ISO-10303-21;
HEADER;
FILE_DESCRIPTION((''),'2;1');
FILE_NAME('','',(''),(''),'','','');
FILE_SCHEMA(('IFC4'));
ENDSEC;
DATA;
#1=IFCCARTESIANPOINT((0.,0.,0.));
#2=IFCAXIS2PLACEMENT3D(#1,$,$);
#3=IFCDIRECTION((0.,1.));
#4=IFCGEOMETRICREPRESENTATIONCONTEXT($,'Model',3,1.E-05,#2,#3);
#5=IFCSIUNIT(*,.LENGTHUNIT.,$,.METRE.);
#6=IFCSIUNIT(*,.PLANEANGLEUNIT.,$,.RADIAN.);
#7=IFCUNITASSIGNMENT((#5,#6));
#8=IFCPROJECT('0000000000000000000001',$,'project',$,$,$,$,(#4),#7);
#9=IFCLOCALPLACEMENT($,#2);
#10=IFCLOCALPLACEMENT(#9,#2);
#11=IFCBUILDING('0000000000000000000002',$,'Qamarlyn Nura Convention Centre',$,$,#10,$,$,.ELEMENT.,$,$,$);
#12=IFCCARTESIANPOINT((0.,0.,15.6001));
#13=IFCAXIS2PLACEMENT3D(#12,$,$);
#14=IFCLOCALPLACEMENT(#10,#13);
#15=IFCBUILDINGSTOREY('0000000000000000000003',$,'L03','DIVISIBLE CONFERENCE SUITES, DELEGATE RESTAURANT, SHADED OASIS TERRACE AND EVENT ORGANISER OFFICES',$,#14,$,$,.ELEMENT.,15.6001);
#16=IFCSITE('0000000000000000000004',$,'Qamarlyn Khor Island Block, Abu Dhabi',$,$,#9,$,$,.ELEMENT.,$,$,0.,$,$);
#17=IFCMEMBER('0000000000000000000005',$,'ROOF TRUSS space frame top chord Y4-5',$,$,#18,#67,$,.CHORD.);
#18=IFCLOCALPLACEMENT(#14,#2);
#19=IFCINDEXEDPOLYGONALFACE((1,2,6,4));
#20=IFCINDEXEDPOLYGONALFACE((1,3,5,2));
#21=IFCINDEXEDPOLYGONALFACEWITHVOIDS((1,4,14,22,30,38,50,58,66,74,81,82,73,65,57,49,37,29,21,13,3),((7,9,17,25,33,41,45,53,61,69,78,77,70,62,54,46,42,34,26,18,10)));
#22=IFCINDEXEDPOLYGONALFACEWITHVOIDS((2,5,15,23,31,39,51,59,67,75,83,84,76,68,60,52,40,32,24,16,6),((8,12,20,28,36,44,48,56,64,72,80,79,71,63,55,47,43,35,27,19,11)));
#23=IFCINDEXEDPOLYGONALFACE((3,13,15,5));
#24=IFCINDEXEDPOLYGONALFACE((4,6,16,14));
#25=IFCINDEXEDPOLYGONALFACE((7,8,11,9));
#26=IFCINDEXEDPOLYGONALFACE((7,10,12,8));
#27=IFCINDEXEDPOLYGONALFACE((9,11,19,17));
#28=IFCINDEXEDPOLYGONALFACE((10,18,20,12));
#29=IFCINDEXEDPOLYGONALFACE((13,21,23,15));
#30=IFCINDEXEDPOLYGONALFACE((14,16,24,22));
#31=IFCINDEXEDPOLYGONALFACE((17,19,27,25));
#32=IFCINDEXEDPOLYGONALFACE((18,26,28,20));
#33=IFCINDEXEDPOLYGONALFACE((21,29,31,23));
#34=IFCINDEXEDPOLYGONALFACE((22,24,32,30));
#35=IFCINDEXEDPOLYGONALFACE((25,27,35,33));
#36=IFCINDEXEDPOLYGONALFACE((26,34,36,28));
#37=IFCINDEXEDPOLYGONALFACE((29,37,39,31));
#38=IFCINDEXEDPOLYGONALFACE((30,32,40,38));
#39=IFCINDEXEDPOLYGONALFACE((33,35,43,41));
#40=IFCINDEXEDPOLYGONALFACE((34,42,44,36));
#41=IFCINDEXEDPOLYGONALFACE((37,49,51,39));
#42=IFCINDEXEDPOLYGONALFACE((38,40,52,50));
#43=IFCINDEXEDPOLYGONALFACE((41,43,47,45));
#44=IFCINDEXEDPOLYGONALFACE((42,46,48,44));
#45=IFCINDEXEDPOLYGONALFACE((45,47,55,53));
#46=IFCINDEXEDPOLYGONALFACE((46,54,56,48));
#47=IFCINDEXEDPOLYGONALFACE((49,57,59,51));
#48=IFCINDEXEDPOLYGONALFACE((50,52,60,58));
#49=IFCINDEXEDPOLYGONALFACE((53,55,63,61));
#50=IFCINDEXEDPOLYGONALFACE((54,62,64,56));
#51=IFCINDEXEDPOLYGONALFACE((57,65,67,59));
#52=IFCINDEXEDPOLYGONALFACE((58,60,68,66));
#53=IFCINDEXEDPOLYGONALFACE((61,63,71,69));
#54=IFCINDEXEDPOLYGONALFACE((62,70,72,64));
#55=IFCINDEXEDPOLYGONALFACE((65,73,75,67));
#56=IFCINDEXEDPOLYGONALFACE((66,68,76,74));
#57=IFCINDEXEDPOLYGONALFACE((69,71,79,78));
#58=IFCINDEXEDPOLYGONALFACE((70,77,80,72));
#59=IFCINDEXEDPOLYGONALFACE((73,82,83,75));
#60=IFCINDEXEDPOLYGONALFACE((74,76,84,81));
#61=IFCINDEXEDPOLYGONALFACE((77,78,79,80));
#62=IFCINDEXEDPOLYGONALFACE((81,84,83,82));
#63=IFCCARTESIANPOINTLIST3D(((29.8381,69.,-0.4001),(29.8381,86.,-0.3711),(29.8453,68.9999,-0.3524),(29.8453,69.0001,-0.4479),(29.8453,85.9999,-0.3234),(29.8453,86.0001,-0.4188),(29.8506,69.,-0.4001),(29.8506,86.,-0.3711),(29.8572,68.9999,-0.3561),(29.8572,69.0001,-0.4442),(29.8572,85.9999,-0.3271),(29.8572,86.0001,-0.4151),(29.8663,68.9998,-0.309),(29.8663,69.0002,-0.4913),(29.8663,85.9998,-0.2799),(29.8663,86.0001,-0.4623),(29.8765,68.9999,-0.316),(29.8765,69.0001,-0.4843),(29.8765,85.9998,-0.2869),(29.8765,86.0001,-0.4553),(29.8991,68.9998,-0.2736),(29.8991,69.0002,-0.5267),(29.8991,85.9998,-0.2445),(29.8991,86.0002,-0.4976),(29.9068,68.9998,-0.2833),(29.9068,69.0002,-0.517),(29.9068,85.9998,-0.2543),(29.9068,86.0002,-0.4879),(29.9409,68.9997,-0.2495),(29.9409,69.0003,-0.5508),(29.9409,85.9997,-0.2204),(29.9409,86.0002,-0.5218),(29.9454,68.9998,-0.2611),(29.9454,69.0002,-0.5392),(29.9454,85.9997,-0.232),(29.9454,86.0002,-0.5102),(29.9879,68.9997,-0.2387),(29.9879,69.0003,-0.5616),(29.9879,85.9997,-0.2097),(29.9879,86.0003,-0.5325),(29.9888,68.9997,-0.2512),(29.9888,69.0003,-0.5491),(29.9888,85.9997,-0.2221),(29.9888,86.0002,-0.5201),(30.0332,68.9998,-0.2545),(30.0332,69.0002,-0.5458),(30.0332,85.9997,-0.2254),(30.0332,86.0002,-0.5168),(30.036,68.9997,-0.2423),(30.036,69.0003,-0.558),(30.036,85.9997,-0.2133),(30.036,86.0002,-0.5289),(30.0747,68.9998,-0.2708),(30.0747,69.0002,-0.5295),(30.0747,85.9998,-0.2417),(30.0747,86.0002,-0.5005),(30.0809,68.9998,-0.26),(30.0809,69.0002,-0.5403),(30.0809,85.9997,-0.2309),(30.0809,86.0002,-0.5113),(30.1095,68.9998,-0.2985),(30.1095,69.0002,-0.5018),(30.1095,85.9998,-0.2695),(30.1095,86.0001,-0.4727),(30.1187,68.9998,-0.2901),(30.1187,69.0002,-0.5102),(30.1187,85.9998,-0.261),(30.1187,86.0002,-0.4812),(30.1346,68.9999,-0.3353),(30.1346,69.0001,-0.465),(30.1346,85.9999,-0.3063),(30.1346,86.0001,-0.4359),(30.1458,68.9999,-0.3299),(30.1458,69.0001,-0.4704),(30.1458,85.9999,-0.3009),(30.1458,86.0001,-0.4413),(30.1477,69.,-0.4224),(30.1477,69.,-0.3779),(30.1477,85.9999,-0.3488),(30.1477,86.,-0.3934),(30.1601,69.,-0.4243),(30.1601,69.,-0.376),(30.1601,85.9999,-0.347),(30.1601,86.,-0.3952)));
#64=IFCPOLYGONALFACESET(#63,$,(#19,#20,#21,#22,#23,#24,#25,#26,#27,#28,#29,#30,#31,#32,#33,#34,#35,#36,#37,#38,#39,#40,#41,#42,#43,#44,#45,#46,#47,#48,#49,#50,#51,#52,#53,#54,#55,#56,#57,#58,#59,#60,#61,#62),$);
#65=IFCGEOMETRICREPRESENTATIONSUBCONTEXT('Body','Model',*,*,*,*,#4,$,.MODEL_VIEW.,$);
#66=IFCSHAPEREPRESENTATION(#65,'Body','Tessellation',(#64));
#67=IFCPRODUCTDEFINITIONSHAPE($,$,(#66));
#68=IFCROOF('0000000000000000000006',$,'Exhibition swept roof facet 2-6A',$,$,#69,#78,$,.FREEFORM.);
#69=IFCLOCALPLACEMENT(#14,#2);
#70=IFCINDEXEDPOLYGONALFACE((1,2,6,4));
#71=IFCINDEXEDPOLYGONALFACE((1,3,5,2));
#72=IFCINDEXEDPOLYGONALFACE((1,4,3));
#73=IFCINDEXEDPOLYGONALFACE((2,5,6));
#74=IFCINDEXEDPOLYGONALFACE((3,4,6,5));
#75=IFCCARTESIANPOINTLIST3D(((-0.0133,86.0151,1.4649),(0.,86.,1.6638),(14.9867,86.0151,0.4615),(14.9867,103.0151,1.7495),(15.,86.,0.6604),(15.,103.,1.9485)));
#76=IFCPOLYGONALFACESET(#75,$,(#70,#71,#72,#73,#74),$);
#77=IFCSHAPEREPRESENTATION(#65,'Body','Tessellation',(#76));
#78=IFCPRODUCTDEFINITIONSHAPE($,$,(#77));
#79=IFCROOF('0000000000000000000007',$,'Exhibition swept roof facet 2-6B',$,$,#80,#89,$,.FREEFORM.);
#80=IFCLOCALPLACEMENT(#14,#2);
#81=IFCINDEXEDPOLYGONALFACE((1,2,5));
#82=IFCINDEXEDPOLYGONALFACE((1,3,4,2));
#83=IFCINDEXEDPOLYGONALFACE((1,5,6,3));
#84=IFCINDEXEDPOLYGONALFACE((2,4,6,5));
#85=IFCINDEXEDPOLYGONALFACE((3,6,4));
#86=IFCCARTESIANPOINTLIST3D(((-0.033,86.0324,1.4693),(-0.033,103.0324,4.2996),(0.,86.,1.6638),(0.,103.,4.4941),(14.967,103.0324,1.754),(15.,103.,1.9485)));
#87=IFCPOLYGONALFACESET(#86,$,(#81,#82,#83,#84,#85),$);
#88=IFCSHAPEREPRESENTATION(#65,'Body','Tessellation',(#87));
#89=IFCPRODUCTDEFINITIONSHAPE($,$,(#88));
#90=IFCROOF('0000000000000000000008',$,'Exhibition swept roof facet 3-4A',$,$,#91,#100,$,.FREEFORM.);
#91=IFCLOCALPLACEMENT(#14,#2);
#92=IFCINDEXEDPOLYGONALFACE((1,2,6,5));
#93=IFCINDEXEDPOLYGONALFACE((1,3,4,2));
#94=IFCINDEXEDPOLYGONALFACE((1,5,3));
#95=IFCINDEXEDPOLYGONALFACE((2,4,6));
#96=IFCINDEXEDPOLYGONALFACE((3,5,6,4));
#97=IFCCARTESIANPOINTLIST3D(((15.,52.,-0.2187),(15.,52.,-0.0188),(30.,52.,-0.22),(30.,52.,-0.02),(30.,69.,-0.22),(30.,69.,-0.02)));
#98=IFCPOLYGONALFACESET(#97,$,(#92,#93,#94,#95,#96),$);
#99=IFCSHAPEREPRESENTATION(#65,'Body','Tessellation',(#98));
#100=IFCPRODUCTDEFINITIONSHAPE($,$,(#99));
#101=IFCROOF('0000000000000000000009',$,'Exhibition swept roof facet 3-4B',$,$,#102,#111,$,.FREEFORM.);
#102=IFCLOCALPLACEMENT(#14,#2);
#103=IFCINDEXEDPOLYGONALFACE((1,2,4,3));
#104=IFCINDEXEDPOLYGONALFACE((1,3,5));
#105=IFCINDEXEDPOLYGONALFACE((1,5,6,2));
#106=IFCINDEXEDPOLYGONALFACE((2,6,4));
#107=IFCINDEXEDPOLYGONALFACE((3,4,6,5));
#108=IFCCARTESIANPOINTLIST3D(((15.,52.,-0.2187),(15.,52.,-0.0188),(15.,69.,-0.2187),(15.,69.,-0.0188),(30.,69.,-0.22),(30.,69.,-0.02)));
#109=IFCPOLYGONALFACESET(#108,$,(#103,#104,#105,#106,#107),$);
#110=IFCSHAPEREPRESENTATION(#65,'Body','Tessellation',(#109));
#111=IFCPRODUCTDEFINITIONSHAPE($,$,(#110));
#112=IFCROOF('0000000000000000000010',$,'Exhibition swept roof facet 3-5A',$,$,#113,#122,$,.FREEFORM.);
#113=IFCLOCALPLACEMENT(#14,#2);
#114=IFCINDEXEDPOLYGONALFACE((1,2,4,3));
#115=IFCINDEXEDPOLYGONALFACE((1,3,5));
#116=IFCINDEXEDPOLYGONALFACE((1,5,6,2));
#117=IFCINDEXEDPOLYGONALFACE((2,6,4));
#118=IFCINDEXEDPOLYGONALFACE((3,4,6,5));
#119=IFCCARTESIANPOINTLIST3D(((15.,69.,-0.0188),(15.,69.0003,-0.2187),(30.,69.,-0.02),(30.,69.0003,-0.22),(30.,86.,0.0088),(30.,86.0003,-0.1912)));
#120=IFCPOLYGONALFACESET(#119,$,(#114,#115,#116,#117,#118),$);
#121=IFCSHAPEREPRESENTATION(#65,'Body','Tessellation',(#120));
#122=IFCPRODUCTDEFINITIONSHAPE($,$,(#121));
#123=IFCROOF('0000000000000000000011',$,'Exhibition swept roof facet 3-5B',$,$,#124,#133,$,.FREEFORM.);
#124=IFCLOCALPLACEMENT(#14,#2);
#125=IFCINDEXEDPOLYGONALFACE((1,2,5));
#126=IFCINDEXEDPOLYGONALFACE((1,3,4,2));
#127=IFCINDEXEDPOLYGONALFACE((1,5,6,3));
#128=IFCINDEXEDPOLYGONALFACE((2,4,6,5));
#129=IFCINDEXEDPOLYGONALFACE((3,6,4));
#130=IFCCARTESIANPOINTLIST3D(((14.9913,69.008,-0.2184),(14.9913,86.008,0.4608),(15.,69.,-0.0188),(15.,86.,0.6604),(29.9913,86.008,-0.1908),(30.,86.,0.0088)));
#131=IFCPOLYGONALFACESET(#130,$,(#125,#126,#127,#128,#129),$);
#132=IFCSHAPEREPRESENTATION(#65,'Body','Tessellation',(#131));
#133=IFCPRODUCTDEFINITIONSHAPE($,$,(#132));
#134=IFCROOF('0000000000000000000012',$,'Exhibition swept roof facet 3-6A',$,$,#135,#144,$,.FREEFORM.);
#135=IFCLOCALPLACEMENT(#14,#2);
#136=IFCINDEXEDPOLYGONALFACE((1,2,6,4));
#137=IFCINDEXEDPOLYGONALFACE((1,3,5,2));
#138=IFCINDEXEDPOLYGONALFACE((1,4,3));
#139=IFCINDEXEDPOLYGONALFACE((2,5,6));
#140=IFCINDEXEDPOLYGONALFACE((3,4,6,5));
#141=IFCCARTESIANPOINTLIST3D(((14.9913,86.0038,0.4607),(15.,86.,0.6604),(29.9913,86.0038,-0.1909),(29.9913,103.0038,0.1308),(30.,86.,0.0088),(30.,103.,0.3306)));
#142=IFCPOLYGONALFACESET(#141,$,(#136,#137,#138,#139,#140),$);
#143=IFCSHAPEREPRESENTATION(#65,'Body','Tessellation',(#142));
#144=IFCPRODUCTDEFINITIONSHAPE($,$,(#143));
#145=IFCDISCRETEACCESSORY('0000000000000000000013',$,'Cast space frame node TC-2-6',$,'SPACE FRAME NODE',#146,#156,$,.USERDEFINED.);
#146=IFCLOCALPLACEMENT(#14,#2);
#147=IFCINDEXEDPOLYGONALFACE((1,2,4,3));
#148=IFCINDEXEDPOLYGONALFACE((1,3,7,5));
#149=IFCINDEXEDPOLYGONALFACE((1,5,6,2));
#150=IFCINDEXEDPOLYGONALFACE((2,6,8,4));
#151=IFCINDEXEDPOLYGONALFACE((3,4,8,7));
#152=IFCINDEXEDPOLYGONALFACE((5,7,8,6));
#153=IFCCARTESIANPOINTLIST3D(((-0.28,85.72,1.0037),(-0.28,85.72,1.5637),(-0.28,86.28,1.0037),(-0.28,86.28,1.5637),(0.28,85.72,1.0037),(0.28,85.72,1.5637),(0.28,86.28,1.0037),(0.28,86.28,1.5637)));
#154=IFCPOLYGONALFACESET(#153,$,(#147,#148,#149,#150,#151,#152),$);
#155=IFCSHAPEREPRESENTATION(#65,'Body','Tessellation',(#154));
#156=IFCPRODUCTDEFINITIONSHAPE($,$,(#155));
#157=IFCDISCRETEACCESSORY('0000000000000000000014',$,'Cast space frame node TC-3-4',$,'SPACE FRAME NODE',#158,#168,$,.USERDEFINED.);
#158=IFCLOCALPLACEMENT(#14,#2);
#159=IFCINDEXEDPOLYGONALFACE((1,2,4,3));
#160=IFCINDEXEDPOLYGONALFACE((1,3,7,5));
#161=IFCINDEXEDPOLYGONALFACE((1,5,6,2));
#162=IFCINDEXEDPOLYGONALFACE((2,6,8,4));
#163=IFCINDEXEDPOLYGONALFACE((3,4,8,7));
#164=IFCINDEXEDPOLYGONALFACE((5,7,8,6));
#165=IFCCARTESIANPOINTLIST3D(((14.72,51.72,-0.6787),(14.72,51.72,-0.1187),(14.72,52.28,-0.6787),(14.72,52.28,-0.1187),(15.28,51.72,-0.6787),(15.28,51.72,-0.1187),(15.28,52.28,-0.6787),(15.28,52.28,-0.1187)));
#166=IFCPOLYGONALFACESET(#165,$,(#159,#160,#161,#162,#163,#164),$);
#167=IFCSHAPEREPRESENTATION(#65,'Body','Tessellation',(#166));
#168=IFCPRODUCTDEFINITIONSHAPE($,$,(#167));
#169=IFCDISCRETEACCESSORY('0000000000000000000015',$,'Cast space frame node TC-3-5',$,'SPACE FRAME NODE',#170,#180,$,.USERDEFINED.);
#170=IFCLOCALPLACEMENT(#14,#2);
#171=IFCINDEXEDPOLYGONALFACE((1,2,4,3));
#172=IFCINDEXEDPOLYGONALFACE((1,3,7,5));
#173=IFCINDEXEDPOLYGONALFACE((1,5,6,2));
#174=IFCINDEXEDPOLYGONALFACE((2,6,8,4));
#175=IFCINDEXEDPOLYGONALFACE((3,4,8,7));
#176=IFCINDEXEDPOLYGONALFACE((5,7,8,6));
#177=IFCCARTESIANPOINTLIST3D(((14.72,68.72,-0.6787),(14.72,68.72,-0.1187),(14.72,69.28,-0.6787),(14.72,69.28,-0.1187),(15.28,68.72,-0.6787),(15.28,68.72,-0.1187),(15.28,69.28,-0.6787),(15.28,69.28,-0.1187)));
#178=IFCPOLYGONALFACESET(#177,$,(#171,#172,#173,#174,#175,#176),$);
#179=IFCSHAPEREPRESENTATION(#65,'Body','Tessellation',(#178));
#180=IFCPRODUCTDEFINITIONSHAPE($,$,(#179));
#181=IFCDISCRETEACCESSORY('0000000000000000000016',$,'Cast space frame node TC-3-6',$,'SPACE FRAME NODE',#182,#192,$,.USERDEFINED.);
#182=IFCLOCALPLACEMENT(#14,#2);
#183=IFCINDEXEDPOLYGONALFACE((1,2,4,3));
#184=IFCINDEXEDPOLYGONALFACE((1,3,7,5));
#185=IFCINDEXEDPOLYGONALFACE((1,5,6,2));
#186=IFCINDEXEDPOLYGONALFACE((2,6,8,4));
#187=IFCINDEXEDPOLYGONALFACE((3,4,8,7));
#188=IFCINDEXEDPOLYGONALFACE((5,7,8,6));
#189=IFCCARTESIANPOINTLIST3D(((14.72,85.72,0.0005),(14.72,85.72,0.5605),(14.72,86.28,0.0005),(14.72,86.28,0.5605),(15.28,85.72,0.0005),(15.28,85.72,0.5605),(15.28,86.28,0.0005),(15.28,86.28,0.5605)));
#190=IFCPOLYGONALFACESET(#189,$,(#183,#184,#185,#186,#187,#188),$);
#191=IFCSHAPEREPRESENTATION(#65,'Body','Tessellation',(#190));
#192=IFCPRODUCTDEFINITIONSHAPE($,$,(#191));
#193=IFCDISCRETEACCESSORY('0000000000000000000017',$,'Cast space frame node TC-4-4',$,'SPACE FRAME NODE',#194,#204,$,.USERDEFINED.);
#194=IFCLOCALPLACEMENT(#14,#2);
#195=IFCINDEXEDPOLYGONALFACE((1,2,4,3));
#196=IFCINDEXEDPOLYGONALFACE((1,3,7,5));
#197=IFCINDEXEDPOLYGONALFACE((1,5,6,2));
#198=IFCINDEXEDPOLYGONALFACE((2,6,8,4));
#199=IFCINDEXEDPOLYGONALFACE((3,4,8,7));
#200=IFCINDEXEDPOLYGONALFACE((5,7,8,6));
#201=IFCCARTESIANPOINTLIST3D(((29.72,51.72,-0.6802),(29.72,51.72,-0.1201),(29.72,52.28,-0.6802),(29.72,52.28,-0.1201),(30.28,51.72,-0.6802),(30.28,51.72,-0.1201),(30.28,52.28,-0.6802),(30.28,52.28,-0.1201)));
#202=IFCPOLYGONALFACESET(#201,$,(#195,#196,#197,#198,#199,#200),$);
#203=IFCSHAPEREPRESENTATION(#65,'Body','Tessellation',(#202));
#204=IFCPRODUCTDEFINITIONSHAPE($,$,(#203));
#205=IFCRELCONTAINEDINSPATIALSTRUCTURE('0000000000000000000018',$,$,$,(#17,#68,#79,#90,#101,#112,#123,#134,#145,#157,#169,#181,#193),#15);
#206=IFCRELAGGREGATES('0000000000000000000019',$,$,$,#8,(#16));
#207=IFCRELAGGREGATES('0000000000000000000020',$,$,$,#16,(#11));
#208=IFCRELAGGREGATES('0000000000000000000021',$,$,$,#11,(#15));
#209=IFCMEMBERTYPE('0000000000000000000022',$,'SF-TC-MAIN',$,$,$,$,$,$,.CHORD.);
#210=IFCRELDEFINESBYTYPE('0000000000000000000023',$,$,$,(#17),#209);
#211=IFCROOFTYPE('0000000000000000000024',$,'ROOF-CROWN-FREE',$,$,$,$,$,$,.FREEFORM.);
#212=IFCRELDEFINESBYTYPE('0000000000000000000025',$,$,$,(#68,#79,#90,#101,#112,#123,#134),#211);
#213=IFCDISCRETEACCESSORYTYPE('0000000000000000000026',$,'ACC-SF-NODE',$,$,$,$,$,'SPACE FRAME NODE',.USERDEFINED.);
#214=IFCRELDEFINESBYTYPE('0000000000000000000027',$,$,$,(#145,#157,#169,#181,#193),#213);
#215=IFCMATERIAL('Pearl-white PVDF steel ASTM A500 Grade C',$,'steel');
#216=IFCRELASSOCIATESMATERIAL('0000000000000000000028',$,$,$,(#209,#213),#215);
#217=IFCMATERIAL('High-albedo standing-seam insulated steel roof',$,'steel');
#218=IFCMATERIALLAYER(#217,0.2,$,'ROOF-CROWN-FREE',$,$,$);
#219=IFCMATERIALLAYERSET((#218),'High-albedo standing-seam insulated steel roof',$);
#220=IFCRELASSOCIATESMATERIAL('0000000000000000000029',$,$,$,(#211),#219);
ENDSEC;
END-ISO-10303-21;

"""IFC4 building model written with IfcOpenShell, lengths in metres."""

from ifc_helpers import new_model, si_unit, direction, frame, origin, origin_2d, place, context, subcontext, project, spatial, polyline, rectangle, hollow_circle, outline, extrude, material, layer, layer_set, material_profile, profile_set, type_object, element, save


model = new_model("IFC4")

# Units and contexts
model_context = context("Model", 3, precision=1e-05, world=origin(), true_north=direction((0.0, 1.0)))
body_context = subcontext(model_context, "Body", "Model", "MODEL_VIEW")
ifc_project = project(units=[si_unit("LENGTHUNIT", "METRE"), si_unit("PLANEANGLEUNIT", "RADIAN")], contexts=[model_context])

# Site, building, storey
site_placement = place(None, origin())
site = spatial("IfcSite", under=ifc_project, at=site_placement, Name="Qamarlyn Khor Island Block, Abu Dhabi", CompositionType="ELEMENT", RefElevation=0.0)
building_placement = place(site_placement, origin())
building = spatial("IfcBuilding", under=site, at=building_placement, Name="Qamarlyn Nura Convention Centre", CompositionType="ELEMENT")
storey_placement = place(building_placement, frame((0.0, 0.0, 15.6001)))
storey = spatial("IfcBuildingStorey", under=building, at=storey_placement, Name="L03", Description="DIVISIBLE CONFERENCE SUITES, DELEGATE RESTAURANT, SHADED OASIS TERRACE AND EVENT ORGANISER OFFICES", CompositionType="ELEMENT", Elevation=15.6001)

# Member
ifc_material_1 = material(Name="Pearl-white PVDF steel ASTM A500 Grade C", Category="steel")
ifc_material_profile_1 = material_profile(ifc_material_1, hollow_circle(Radius=0.1619, WallThickness=0.0125, at=origin_2d()), Name="CHS323.9X12.5")
ifc_profile_set_1 = profile_set([ifc_material_profile_1], Name="Pearl-white PVDF steel ASTM A500 Grade C")
member_type_1 = type_object("IfcMemberType", Name="SF-TC-MAIN", PredefinedType="CHORD", material=ifc_profile_set_1)
for number, where, z_axis, x_axis, name in (
    (1, (30.0, 69.0, -0.4001), (0.0, 0.999999, 0.001709), (-1.0, 0.0, 0.0), "ROOF TRUSS space frame top chord Y4-5"),
):
    element("IfcMember", number, at=place(storey_placement, frame(where, z_axis=z_axis, x_axis=x_axis)), inside=storey, type_object=member_type_1, Name=name, PredefinedType="CHORD", context=body_context, shape_type="SweptSolid", body=[
        extrude(hollow_circle(Radius=0.1619, WallThickness=0.0125, at=origin_2d()), origin(), (0.0, 0.0, 1.0), 17.0),
    ])

# Roofs
ifc_material_2 = material(Name="High-albedo standing-seam insulated steel roof", Category="steel")
ifc_layer = layer(ifc_material_2, 0.2, Name="ROOF-CROWN-FREE")
ifc_layer_set = layer_set([ifc_layer], Name="High-albedo standing-seam insulated steel roof")
roof_type = type_object("IfcRoofType", Name="ROOF-CROWN-FREE", PredefinedType="FREEFORM", material=ifc_layer_set)
roof_1_placement = place(storey_placement, frame((0.0, 86.0, 1.6638), z_axis=(0.066555, -0.075386, 0.994931), x_axis=(0.99777, 0.0, -0.066745)))
element("IfcRoof", 2, at=roof_1_placement, inside=storey, type_object=roof_type, Name="Exhibition swept roof facet 2-6A", PredefinedType="FREEFORM", context=body_context, shape_type="SweptSolid", body=[
    extrude(outline(polyline([(0.0, 0.0), (15.0335, 0.0), (14.9476, 17.0485), (0.0, 0.0)])), origin(), (0.0, 0.0, -1.0), 0.2),
])
roof_2_placement = place(storey_placement, frame((0.0, 86.0, 1.6638), z_axis=(0.165108, -0.161975, 0.972884), x_axis=(0.661569, 0.749779, 0.012555)))
element("IfcRoof", 3, at=roof_2_placement, inside=storey, type_object=roof_type, Name="Exhibition swept roof facet 2-6B", PredefinedType="FREEFORM", context=body_context, shape_type="SweptSolid", body=[
    extrude(outline(polyline([(0.0, 0.0), (22.6734, 0.0), (12.7818, 11.5601), (0.0, 0.0)])), origin(), (0.0, 0.0, -1.0), 0.2),
])
roof_3_placement = place(storey_placement, frame((15.0, 52.0, -0.0188), z_axis=(0.000081, 0.0, 1.0), x_axis=(1.0, 0.0, -0.000081)))
element("IfcRoof", 4, at=roof_3_placement, inside=storey, type_object=roof_type, Name="Exhibition swept roof facet 3-4A", PredefinedType="FREEFORM", context=body_context, shape_type="SweptSolid", body=[
    extrude(outline(polyline([(0.0, 0.0), (15.0, 0.0), (15.0, 17.0), (0.0, 0.0)])), origin(), (0.0, 0.0, -1.0), 0.2),
])
roof_4_placement = place(storey_placement, frame((15.0, 52.0, -0.0188), z_axis=(0.000081, 0.0, 1.0), x_axis=(0.661622, 0.749838, -0.000054)))
element("IfcRoof", 5, at=roof_4_placement, inside=storey, type_object=roof_type, Name="Exhibition swept roof facet 3-4B", PredefinedType="FREEFORM", context=body_context, shape_type="SweptSolid", body=[
    extrude(outline(polyline([(0.0, 0.0), (22.6716, 0.0), (12.7472, 11.2476), (0.0, 0.0)])), origin(), (0.0, 0.0, -1.0), 0.2),
])
roof_5_placement = place(storey_placement, frame((15.0, 69.0, -0.0188), z_axis=(0.000081, -0.001695, 0.999999), x_axis=(1.0, 0.0, -0.000081)))
element("IfcRoof", 6, at=roof_5_placement, inside=storey, type_object=roof_type, Name="Exhibition swept roof facet 3-5A", PredefinedType="FREEFORM", context=body_context, shape_type="SweptSolid", body=[
    extrude(outline(polyline([(0.0, 0.0), (15.0, 0.0), (15.0, 17.0), (0.0, 0.0)])), origin(), (0.0, 0.0, -1.0), 0.2),
])
roof_6_placement = place(storey_placement, frame((15.0, 69.0, -0.0188), z_axis=(0.043365, -0.039883, 0.998263), x_axis=(0.661621, 0.749837, 0.001217)))
element("IfcRoof", 7, at=roof_6_placement, inside=storey, type_object=roof_type, Name="Exhibition swept roof facet 3-5B", PredefinedType="FREEFORM", context=body_context, shape_type="SweptSolid", body=[
    extrude(outline(polyline([(0.0, 0.0), (22.6716, 0.0), (12.7481, 11.2671), (0.0, 0.0)])), origin(), (0.0, 0.0, -1.0), 0.2),
])
roof_7_placement = place(storey_placement, frame((15.0, 86.0, 0.6604), z_axis=(0.043392, -0.018907, 0.998879), x_axis=(0.999058, 0.0, -0.0434)))
element("IfcRoof", 8, at=roof_7_placement, inside=storey, type_object=roof_type, Name="Exhibition swept roof facet 3-6A", PredefinedType="FREEFORM", context=body_context, shape_type="SweptSolid", body=[
    extrude(outline(polyline([(0.0, 0.0), (15.0141, 0.0), (15.0002, 17.003), (0.0, 0.0)])), origin(), (0.0, 0.0, -1.0), 0.2),
])

# Discrete accessories
discrete_accessory_type = type_object("IfcDiscreteAccessoryType", Name="ACC-SF-NODE", ElementType="SPACE FRAME NODE", PredefinedType="USERDEFINED", material=ifc_material_1)
for number, where, z_axis, x_axis, name in (
    (9, (0.0, 86.0, 1.0037), (0.0, 0.0, 1.0), (1.0, 0.0, 0.0), "Cast space frame node TC-2-6"),
    (10, (15.0, 52.0, -0.6787), (0.0, 0.0, 1.0), (1.0, 0.0, 0.0), "Cast space frame node TC-3-4"),
    (11, (15.0, 69.0, -0.6787), (0.0, 0.0, 1.0), (1.0, 0.0, 0.0), "Cast space frame node TC-3-5"),
    (12, (15.0, 86.0, 0.0005), (0.0, 0.0, 1.0), (1.0, 0.0, 0.0), "Cast space frame node TC-3-6"),
    (13, (30.0, 52.0, -0.6802), (0.0, 0.0, 1.0), (1.0, 0.0, 0.0), "Cast space frame node TC-4-4"),
):
    element("IfcDiscreteAccessory", number, at=place(storey_placement, frame(where, z_axis=z_axis, x_axis=x_axis)), inside=storey, type_object=discrete_accessory_type, Name=name, ObjectType="SPACE FRAME NODE", PredefinedType="USERDEFINED", context=body_context, shape_type="SweptSolid", body=[
        extrude(rectangle(XDim=0.5601, YDim=0.5601, at=origin_2d()), origin(), (0.0, 0.0, 1.0), 0.5601),
    ])

save(model, "model.ifc")
